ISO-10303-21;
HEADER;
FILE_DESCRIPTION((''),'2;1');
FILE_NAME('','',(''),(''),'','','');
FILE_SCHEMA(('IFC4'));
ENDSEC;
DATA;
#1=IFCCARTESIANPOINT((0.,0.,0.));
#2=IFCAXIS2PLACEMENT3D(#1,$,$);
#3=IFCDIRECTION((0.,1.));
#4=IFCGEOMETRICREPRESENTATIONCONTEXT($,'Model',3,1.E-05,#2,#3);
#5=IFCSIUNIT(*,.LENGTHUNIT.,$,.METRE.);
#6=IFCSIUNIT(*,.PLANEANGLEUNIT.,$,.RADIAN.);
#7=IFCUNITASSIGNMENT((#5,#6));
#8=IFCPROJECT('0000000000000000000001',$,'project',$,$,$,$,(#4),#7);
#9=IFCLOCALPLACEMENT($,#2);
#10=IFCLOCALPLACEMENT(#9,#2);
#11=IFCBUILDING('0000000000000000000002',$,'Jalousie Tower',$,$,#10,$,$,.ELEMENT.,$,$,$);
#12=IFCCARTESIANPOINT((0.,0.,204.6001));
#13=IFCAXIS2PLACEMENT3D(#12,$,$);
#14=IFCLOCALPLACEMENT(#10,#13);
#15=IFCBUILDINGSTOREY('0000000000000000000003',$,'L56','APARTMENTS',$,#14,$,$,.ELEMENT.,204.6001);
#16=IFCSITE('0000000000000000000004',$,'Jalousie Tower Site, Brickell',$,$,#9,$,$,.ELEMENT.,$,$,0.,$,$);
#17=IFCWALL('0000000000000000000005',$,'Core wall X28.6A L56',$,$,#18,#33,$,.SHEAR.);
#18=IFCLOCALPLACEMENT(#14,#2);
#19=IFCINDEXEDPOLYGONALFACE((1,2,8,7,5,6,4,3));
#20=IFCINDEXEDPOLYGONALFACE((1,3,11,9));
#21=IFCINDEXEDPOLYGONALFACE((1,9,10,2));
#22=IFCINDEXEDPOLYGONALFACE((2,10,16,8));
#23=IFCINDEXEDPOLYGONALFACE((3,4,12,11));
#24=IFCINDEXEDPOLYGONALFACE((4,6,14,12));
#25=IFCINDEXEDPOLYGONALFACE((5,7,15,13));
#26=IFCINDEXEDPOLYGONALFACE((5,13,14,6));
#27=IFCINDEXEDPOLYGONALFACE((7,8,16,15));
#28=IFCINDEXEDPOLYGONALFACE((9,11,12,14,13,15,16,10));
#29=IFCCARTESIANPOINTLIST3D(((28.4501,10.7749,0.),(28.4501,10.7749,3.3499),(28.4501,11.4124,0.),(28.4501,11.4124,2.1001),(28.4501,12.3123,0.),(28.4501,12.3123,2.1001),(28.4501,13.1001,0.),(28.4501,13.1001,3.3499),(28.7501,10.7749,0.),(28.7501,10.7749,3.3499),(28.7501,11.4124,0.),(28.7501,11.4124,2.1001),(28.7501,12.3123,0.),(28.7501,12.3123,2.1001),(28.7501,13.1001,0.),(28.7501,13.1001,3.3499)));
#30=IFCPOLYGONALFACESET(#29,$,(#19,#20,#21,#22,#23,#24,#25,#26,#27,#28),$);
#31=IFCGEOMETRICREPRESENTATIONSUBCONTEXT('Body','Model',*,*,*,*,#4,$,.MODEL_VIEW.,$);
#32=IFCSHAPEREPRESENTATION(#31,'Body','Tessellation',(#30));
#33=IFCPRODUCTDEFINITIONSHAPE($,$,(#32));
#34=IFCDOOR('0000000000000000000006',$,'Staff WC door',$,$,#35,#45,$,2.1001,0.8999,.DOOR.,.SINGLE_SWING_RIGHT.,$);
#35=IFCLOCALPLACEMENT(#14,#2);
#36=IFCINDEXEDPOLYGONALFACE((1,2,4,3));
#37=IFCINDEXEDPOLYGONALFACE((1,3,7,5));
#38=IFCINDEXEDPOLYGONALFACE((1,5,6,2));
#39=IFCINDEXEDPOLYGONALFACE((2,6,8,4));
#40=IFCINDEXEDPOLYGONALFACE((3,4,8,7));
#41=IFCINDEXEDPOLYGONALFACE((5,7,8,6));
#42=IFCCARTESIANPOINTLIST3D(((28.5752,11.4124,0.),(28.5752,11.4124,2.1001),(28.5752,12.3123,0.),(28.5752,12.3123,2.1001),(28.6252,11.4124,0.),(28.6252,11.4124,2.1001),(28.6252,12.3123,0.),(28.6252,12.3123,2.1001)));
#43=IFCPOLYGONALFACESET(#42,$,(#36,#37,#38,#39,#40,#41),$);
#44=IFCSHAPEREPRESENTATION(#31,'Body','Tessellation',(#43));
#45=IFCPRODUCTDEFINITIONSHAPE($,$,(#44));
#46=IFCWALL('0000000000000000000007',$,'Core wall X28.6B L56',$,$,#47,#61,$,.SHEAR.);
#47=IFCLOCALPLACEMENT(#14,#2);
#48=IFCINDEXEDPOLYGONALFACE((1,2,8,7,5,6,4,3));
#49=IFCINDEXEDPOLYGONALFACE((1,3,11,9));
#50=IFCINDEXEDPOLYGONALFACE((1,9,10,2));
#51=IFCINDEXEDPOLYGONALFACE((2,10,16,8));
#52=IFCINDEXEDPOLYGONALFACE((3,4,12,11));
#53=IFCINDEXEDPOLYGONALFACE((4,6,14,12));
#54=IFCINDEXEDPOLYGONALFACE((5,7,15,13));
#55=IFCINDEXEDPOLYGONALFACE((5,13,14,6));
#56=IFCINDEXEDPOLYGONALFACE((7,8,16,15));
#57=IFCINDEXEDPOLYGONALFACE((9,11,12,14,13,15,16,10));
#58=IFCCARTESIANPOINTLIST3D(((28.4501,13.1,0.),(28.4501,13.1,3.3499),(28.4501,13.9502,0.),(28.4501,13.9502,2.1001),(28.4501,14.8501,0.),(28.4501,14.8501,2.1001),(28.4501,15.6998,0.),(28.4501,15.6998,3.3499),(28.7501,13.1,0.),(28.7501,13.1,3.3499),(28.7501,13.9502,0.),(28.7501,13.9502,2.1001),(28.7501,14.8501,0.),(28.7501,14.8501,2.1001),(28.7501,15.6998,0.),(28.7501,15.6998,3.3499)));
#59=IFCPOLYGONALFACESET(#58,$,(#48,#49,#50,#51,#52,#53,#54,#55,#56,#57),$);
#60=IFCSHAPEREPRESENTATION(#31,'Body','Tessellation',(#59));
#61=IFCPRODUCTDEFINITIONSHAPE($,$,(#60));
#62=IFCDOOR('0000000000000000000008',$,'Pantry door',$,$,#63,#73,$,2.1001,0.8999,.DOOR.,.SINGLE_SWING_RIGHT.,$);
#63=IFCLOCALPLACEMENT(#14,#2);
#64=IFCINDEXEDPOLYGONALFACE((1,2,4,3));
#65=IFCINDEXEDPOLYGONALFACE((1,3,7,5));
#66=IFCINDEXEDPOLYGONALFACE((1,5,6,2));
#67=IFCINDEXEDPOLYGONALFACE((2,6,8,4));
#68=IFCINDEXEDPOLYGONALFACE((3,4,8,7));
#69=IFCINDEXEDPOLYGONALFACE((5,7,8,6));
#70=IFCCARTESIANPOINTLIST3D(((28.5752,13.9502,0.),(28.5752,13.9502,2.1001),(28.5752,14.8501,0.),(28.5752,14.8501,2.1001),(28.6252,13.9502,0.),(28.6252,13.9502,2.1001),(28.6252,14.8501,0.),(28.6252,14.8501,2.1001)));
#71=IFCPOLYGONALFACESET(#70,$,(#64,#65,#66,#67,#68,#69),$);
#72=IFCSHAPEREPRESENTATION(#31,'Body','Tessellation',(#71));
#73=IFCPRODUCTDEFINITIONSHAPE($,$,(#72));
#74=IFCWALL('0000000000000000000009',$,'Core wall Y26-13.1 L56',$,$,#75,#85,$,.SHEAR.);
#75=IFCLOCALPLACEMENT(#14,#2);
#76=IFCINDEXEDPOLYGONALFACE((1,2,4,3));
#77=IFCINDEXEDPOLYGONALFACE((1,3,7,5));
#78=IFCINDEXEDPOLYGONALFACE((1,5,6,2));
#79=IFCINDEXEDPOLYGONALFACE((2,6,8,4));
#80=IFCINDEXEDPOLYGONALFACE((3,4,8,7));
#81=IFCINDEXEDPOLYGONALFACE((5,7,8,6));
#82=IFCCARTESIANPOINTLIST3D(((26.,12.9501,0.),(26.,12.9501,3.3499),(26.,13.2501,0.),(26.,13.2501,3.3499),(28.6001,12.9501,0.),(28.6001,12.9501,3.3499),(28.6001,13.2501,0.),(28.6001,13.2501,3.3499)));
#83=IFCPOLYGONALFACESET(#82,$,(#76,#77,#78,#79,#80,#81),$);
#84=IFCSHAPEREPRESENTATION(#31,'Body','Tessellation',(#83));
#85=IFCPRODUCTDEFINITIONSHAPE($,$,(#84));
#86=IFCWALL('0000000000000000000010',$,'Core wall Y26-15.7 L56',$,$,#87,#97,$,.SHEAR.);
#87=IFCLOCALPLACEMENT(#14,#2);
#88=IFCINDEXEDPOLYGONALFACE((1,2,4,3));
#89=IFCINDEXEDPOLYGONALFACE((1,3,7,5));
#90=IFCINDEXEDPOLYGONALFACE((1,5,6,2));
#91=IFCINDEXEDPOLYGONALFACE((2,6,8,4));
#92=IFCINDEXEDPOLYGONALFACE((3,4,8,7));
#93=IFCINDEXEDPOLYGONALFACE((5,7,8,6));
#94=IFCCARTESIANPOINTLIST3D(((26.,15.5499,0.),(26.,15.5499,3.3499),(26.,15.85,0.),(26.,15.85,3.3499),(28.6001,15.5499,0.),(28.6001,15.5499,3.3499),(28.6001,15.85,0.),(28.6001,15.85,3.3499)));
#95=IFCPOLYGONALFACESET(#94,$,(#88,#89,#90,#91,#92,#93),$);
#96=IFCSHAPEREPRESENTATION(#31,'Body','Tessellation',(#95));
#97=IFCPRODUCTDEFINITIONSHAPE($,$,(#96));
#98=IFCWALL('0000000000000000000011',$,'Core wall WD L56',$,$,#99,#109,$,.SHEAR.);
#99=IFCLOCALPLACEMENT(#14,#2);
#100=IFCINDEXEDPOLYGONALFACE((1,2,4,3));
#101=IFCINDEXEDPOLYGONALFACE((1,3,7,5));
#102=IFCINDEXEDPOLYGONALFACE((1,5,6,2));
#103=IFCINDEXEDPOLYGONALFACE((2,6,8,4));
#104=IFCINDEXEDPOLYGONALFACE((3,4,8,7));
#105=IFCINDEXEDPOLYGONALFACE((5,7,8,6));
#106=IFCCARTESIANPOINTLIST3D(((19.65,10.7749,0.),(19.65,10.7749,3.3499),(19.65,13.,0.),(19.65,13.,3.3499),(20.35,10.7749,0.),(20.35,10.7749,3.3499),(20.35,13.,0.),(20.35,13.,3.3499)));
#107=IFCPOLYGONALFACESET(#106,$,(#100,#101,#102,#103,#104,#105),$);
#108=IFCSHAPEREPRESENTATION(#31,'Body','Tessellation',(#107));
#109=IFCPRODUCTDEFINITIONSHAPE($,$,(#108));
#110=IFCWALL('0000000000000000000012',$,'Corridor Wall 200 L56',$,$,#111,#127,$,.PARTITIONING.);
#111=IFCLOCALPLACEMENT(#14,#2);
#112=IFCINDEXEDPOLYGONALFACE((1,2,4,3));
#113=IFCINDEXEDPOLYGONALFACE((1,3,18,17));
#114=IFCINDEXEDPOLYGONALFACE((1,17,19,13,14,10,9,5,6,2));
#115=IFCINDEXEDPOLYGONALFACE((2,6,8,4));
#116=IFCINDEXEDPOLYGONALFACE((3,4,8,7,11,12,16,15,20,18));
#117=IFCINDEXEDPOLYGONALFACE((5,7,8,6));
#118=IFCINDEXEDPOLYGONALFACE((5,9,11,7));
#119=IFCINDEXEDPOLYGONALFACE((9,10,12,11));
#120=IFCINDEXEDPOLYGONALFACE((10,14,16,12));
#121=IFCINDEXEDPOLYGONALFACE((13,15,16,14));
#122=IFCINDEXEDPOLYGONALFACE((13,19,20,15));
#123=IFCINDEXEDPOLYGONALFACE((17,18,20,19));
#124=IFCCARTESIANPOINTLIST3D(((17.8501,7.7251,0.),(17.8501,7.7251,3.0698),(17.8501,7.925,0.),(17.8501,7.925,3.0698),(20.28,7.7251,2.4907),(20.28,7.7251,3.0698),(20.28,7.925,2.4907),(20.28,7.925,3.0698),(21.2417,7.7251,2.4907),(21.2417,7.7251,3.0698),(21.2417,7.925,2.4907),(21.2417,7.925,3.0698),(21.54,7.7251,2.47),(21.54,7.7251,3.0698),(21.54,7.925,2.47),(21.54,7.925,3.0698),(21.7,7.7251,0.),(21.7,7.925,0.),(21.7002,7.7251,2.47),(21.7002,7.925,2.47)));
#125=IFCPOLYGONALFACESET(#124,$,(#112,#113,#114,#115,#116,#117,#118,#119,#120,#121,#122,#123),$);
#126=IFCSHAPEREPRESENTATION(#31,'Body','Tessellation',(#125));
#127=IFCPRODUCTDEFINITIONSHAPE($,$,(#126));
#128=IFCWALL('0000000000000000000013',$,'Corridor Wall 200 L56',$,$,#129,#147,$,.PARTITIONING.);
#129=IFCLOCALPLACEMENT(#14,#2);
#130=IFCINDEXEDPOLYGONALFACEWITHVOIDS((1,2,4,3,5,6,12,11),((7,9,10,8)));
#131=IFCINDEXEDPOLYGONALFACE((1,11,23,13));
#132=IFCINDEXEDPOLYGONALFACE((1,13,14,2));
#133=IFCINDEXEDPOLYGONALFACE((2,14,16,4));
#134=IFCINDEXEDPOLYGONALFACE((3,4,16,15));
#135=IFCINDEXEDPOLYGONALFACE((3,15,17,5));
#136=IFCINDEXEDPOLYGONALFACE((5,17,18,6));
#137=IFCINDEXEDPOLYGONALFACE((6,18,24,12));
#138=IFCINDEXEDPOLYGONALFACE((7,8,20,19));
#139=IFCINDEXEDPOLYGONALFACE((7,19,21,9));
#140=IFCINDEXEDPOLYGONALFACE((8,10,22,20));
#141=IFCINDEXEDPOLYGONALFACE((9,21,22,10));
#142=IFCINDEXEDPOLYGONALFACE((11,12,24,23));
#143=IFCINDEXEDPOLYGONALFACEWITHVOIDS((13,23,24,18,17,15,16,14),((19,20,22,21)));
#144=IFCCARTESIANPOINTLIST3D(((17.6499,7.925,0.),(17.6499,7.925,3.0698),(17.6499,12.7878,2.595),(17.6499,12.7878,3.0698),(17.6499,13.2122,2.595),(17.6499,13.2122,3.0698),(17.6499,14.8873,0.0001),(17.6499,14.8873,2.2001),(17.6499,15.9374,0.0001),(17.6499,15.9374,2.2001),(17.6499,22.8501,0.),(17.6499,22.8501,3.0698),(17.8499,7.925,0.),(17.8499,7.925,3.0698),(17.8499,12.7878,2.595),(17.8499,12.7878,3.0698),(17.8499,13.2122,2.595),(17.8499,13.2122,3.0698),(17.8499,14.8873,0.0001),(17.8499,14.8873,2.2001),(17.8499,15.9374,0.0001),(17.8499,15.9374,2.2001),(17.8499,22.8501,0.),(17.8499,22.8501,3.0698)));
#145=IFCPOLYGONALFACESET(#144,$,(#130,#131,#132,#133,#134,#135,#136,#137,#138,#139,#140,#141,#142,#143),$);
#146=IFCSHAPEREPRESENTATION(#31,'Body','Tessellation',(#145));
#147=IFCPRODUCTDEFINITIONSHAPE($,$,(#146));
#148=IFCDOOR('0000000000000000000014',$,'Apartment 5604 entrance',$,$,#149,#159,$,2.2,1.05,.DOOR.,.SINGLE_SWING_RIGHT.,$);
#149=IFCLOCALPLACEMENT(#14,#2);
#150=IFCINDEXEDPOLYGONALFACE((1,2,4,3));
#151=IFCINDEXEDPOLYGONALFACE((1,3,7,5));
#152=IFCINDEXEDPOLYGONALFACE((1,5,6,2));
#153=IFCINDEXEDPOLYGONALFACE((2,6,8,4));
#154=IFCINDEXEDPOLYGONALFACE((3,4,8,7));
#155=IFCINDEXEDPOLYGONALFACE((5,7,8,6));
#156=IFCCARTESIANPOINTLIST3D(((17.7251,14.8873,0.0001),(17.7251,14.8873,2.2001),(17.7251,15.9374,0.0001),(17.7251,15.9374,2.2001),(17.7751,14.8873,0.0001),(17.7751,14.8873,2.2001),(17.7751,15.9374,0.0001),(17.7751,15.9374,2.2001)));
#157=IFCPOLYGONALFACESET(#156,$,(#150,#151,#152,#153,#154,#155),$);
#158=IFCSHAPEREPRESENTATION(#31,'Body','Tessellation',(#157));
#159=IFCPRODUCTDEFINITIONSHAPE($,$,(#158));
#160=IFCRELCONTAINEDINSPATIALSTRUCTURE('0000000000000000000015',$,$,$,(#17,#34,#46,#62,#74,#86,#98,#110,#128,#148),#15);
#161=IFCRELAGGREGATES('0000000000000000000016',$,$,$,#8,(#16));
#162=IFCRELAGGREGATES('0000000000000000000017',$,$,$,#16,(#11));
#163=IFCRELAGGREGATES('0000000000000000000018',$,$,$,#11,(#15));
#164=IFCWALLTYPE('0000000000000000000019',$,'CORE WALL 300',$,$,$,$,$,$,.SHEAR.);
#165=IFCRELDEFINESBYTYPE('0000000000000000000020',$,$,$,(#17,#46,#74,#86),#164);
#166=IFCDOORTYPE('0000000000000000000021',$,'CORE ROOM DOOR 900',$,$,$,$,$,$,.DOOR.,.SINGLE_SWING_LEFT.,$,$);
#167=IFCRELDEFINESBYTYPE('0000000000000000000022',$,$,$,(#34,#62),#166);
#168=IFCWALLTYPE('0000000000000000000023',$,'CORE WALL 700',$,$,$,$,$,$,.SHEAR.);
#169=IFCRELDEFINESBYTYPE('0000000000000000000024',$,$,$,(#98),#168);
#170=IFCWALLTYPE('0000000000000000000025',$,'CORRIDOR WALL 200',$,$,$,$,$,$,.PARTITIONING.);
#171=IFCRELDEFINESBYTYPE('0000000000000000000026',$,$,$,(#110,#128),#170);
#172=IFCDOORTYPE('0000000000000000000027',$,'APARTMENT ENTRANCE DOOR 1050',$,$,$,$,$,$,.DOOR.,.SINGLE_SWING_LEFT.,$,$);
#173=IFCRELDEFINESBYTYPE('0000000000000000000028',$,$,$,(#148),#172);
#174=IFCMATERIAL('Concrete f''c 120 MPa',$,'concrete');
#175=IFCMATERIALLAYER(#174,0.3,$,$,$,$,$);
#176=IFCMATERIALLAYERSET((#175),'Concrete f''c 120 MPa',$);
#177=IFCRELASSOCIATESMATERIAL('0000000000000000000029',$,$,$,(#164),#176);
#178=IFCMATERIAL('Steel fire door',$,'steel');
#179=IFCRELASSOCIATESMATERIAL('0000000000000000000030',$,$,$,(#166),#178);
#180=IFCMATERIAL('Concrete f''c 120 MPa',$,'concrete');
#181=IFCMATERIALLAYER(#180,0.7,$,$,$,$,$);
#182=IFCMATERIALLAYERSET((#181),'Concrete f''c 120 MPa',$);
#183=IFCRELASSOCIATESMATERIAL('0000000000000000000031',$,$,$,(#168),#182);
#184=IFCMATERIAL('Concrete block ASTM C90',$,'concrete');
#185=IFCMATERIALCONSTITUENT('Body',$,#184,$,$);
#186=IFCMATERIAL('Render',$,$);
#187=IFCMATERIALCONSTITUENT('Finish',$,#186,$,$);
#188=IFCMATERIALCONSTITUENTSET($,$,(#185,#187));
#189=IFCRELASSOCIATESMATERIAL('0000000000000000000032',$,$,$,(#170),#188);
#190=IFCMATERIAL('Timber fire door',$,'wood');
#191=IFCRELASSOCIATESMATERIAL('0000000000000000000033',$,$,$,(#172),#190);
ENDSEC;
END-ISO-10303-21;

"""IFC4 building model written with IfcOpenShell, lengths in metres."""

from ifc_helpers import new_model, si_unit, direction, frame, frame_2d, origin, place, context, subcontext, project, spatial, polyline, rectangle, outline, extrude, material, layer, layer_set, constituent, constituent_set, type_object, element, fill, save


model = new_model("IFC4")

# Units and contexts
model_context = context("Model", 3, precision=1e-05, world=origin(), true_north=direction((0.0, 1.0)))
body_context = subcontext(model_context, "Body", "Model", "MODEL_VIEW")
ifc_project = project(units=[si_unit("LENGTHUNIT", "METRE"), si_unit("PLANEANGLEUNIT", "RADIAN")], contexts=[model_context])

# Site, building, storey
site_placement = place(None, origin())
site = spatial("IfcSite", under=ifc_project, at=site_placement, Name="Jalousie Tower Site, Brickell", CompositionType="ELEMENT", RefElevation=0.0)
building_placement = place(site_placement, origin())
building = spatial("IfcBuilding", under=site, at=building_placement, Name="Jalousie Tower", CompositionType="ELEMENT")
storey_placement = place(building_placement, frame((0.0, 0.0, 204.6001)))
storey = spatial("IfcBuildingStorey", under=building, at=storey_placement, Name="L56", Description="APARTMENTS", CompositionType="ELEMENT", Elevation=204.6001)

# Shared definitions
ifc_material_1 = material(Name="Concrete f'c 120 MPa", Category="concrete")
ifc_layer_1 = layer(ifc_material_1, 0.3)
ifc_layer_set_1 = layer_set([ifc_layer_1], Name="Concrete f'c 120 MPa")
wall_type_1 = type_object("IfcWallType", Name="CORE WALL 300", PredefinedType="SHEAR", material=ifc_layer_set_1)

# Walls, openings, doors
wall_1_placement = place(storey_placement, frame((28.6001, 10.7749, 0.0), z_axis=(0.0, 0.0, 1.0), x_axis=(0.0, 1.0, 0.0)))
wall_1 = element("IfcWall", 1, at=wall_1_placement, inside=storey, type_object=wall_type_1, Name="Core wall X28.6A L56", PredefinedType="SHEAR", context=body_context, shape_type="SweptSolid", body=[
    extrude(rectangle(XDim=2.3252, YDim=0.3, at=frame_2d((1.1626, 0.0))), origin(), (0.0, 0.0, 1.0), 3.3499),
])
opening_1_placement = place(wall_1_placement, frame((0.6375, 0.0, 0.0)))
opening_1 = element("IfcOpeningElement", 2, at=opening_1_placement, cuts=wall_1, PredefinedType="OPENING", context=body_context, shape_type="SweptSolid", body=[
    extrude(rectangle(XDim=0.8999, YDim=2.1001, at=frame_2d((0.45, 1.05))), frame((0.0, 0.1599, 0.0), z_axis=(0.0, -1.0, 0.0), x_axis=(1.0, 0.0, 0.0)), (0.0, 0.0, 1.0), 0.3201),
])
ifc_material_2 = material(Name="Steel fire door", Category="steel")
door_type_1 = type_object("IfcDoorType", Name="CORE ROOM DOOR 900", OperationType="SINGLE_SWING_LEFT", PredefinedType="DOOR", material=ifc_material_2)
door_1_placement = place(opening_1_placement, origin())
door_1 = element("IfcDoor", 3, at=door_1_placement, inside=storey, type_object=door_type_1, Name="Staff WC door", OperationType="SINGLE_SWING_RIGHT", OverallHeight=2.1001, OverallWidth=0.8999, PredefinedType="DOOR", context=body_context, shape_type="SweptSolid", body=[
    extrude(rectangle(XDim=0.8999, YDim=2.1001, at=frame_2d((0.45, 1.05))), frame((0.0, 0.0249, 0.0), z_axis=(0.0, -1.0, 0.0), x_axis=(1.0, 0.0, 0.0)), (0.0, 0.0, 1.0), 0.05),
])
fill(opening_1, door_1)
wall_2_placement = place(storey_placement, frame((28.6001, 13.1001, 0.0), z_axis=(0.0, 0.0, 1.0), x_axis=(0.0, 1.0, 0.0)))
wall_2 = element("IfcWall", 4, at=wall_2_placement, inside=storey, type_object=wall_type_1, Name="Core wall X28.6B L56", PredefinedType="SHEAR", context=body_context, shape_type="SweptSolid", body=[
    extrude(rectangle(XDim=2.5999, YDim=0.3, at=frame_2d((1.2998, 0.0))), origin(), (0.0, 0.0, 1.0), 3.3499),
])
opening_2_placement = place(wall_2_placement, frame((0.8501, 0.0, 0.0)))
opening_2 = element("IfcOpeningElement", 5, at=opening_2_placement, cuts=wall_2, PredefinedType="OPENING", context=body_context, shape_type="SweptSolid", body=[
    extrude(rectangle(XDim=0.8999, YDim=2.1001, at=frame_2d((0.45, 1.05))), frame((0.0, 0.1599, 0.0), z_axis=(0.0, -1.0, 0.0), x_axis=(1.0, 0.0, 0.0)), (0.0, 0.0, 1.0), 0.3201),
])
door_2_placement = place(opening_2_placement, origin())
door_2 = element("IfcDoor", 6, at=door_2_placement, inside=storey, type_object=door_type_1, Name="Pantry door", OperationType="SINGLE_SWING_RIGHT", OverallHeight=2.1001, OverallWidth=0.8999, PredefinedType="DOOR", context=body_context, shape_type="SweptSolid", body=[
    extrude(rectangle(XDim=0.8999, YDim=2.1001, at=frame_2d((0.45, 1.05))), frame((0.0, 0.0249, 0.0), z_axis=(0.0, -1.0, 0.0), x_axis=(1.0, 0.0, 0.0)), (0.0, 0.0, 1.0), 0.05),
])
fill(opening_2, door_2)

# Walls
for number, where, z_axis, x_axis, name in (
    (7, (26.0, 13.1001, 0.0), (0.0, 0.0, 1.0), (1.0, 0.0, 0.0), "Core wall Y26-13.1 L56"),
    (8, (26.0, 15.7, 0.0), (0.0, 0.0, 1.0), (1.0, 0.0, 0.0), "Core wall Y26-15.7 L56"),
):
    element("IfcWall", number, at=place(storey_placement, frame(where, z_axis=z_axis, x_axis=x_axis)), inside=storey, type_object=wall_type_1, Name=name, PredefinedType="SHEAR", context=body_context, shape_type="SweptSolid", body=[
        extrude(rectangle(XDim=2.6001, YDim=0.3, at=frame_2d((1.3, 0.0))), origin(), (0.0, 0.0, 1.0), 3.3499),
    ])
ifc_material_3 = material(Name="Concrete f'c 120 MPa", Category="concrete")
ifc_layer_2 = layer(ifc_material_3, 0.7)
ifc_layer_set_2 = layer_set([ifc_layer_2], Name="Concrete f'c 120 MPa")
wall_type_2 = type_object("IfcWallType", Name="CORE WALL 700", PredefinedType="SHEAR", material=ifc_layer_set_2)
wall_3_placement = place(storey_placement, frame((20.0, 13.0, 0.0), z_axis=(0.0, 0.0, 1.0), x_axis=(0.0, -1.0, 0.0)))
element("IfcWall", 9, at=wall_3_placement, inside=storey, type_object=wall_type_2, Name="Core wall WD L56", PredefinedType="SHEAR", context=body_context, shape_type="SweptSolid", body=[
    extrude(rectangle(XDim=2.2251, YDim=0.7, at=frame_2d((1.1125, 0.0))), origin(), (0.0, 0.0, 1.0), 3.3499),
])
ifc_material_4 = material(Name="Concrete block ASTM C90", Category="concrete")
ifc_constituent_1 = constituent(ifc_material_4, Name="Body")
ifc_material_5 = material(Name="Render")
ifc_constituent_2 = constituent(ifc_material_5, Name="Finish")
ifc_constituent_set_1 = constituent_set(constituents=[ifc_constituent_1, ifc_constituent_2])
wall_type_3 = type_object("IfcWallType", Name="CORRIDOR WALL 200", PredefinedType="PARTITIONING", material=ifc_constituent_set_1)
wall_4_placement = place(storey_placement, frame((17.8501, 7.825, 0.0), z_axis=(0.0, 0.0, 1.0), x_axis=(1.0, 0.0, 0.0)))
element("IfcWall", 10, at=wall_4_placement, inside=storey, type_object=wall_type_3, Name="Corridor Wall 200 L56", PredefinedType="PARTITIONING", context=body_context, shape_type="SweptSolid", body=[
    extrude(outline(polyline([(0.0, 0.0), (3.8499, 0.0), (3.8501, 2.47), (3.6899, 2.47), (3.6899, 3.0698), (3.3916, 3.0698), (3.3916, 2.4907), (2.4299, 2.4907), (2.4299, 3.0698), (0.0, 3.0698), (0.0, 0.0)])), frame((0.0, 0.1001, 0.0), z_axis=(0.0, -1.0, 0.0), x_axis=(1.0, 0.0, 0.0)), (0.0, 0.0, 1.0), 0.2),
])

# Wall, opening, door
wall_5_placement = place(storey_placement, frame((17.75, 7.925, 0.0), z_axis=(0.0, 0.0, 1.0), x_axis=(0.0, 1.0, 0.0)))
wall_5 = element("IfcWall", 11, at=wall_5_placement, inside=storey, type_object=wall_type_3, Name="Corridor Wall 200 L56", PredefinedType="PARTITIONING", context=body_context, shape_type="SweptSolid", body=[
    extrude(outline(polyline([(0.0, 0.0), (14.925, 0.0), (14.925, 3.0698), (5.2871, 3.0698), (5.2871, 2.595), (4.8628, 2.595), (4.8628, 3.0698), (0.0, 3.0698), (0.0, 0.0)])), frame((0.0, 0.1001, 0.0), z_axis=(0.0, -1.0, 0.0), x_axis=(1.0, 0.0, 0.0)), (0.0, 0.0, 1.0), 0.2),
])
opening_3_placement = place(wall_5_placement, frame((6.9624, 0.0, 0.0)))
opening_3 = element("IfcOpeningElement", 12, at=opening_3_placement, cuts=wall_5, PredefinedType="OPENING", context=body_context, shape_type="SweptSolid", body=[
    extrude(rectangle(XDim=1.05, YDim=2.2, at=frame_2d((0.5249, 1.1001))), frame((0.0, 0.1099, 0.0), z_axis=(0.0, -1.0, 0.0), x_axis=(1.0, 0.0, 0.0)), (0.0, 0.0, 1.0), 0.22),
])
ifc_material_6 = material(Name="Timber fire door", Category="wood")
door_type_2 = type_object("IfcDoorType", Name="APARTMENT ENTRANCE DOOR 1050", OperationType="SINGLE_SWING_LEFT", PredefinedType="DOOR", material=ifc_material_6)
door_3_placement = place(opening_3_placement, origin())
door_3 = element("IfcDoor", 13, at=door_3_placement, inside=storey, type_object=door_type_2, Name="Apartment 5604 entrance", OperationType="SINGLE_SWING_RIGHT", OverallHeight=2.2, OverallWidth=1.05, PredefinedType="DOOR", context=body_context, shape_type="SweptSolid", body=[
    extrude(rectangle(XDim=1.05, YDim=2.2, at=frame_2d((0.5249, 1.1001))), frame((0.0, 0.0249, 0.0), z_axis=(0.0, -1.0, 0.0), x_axis=(1.0, 0.0, 0.0)), (0.0, 0.0, 1.0), 0.05),
])
fill(opening_3, door_3)

save(model, "model.ifc")
